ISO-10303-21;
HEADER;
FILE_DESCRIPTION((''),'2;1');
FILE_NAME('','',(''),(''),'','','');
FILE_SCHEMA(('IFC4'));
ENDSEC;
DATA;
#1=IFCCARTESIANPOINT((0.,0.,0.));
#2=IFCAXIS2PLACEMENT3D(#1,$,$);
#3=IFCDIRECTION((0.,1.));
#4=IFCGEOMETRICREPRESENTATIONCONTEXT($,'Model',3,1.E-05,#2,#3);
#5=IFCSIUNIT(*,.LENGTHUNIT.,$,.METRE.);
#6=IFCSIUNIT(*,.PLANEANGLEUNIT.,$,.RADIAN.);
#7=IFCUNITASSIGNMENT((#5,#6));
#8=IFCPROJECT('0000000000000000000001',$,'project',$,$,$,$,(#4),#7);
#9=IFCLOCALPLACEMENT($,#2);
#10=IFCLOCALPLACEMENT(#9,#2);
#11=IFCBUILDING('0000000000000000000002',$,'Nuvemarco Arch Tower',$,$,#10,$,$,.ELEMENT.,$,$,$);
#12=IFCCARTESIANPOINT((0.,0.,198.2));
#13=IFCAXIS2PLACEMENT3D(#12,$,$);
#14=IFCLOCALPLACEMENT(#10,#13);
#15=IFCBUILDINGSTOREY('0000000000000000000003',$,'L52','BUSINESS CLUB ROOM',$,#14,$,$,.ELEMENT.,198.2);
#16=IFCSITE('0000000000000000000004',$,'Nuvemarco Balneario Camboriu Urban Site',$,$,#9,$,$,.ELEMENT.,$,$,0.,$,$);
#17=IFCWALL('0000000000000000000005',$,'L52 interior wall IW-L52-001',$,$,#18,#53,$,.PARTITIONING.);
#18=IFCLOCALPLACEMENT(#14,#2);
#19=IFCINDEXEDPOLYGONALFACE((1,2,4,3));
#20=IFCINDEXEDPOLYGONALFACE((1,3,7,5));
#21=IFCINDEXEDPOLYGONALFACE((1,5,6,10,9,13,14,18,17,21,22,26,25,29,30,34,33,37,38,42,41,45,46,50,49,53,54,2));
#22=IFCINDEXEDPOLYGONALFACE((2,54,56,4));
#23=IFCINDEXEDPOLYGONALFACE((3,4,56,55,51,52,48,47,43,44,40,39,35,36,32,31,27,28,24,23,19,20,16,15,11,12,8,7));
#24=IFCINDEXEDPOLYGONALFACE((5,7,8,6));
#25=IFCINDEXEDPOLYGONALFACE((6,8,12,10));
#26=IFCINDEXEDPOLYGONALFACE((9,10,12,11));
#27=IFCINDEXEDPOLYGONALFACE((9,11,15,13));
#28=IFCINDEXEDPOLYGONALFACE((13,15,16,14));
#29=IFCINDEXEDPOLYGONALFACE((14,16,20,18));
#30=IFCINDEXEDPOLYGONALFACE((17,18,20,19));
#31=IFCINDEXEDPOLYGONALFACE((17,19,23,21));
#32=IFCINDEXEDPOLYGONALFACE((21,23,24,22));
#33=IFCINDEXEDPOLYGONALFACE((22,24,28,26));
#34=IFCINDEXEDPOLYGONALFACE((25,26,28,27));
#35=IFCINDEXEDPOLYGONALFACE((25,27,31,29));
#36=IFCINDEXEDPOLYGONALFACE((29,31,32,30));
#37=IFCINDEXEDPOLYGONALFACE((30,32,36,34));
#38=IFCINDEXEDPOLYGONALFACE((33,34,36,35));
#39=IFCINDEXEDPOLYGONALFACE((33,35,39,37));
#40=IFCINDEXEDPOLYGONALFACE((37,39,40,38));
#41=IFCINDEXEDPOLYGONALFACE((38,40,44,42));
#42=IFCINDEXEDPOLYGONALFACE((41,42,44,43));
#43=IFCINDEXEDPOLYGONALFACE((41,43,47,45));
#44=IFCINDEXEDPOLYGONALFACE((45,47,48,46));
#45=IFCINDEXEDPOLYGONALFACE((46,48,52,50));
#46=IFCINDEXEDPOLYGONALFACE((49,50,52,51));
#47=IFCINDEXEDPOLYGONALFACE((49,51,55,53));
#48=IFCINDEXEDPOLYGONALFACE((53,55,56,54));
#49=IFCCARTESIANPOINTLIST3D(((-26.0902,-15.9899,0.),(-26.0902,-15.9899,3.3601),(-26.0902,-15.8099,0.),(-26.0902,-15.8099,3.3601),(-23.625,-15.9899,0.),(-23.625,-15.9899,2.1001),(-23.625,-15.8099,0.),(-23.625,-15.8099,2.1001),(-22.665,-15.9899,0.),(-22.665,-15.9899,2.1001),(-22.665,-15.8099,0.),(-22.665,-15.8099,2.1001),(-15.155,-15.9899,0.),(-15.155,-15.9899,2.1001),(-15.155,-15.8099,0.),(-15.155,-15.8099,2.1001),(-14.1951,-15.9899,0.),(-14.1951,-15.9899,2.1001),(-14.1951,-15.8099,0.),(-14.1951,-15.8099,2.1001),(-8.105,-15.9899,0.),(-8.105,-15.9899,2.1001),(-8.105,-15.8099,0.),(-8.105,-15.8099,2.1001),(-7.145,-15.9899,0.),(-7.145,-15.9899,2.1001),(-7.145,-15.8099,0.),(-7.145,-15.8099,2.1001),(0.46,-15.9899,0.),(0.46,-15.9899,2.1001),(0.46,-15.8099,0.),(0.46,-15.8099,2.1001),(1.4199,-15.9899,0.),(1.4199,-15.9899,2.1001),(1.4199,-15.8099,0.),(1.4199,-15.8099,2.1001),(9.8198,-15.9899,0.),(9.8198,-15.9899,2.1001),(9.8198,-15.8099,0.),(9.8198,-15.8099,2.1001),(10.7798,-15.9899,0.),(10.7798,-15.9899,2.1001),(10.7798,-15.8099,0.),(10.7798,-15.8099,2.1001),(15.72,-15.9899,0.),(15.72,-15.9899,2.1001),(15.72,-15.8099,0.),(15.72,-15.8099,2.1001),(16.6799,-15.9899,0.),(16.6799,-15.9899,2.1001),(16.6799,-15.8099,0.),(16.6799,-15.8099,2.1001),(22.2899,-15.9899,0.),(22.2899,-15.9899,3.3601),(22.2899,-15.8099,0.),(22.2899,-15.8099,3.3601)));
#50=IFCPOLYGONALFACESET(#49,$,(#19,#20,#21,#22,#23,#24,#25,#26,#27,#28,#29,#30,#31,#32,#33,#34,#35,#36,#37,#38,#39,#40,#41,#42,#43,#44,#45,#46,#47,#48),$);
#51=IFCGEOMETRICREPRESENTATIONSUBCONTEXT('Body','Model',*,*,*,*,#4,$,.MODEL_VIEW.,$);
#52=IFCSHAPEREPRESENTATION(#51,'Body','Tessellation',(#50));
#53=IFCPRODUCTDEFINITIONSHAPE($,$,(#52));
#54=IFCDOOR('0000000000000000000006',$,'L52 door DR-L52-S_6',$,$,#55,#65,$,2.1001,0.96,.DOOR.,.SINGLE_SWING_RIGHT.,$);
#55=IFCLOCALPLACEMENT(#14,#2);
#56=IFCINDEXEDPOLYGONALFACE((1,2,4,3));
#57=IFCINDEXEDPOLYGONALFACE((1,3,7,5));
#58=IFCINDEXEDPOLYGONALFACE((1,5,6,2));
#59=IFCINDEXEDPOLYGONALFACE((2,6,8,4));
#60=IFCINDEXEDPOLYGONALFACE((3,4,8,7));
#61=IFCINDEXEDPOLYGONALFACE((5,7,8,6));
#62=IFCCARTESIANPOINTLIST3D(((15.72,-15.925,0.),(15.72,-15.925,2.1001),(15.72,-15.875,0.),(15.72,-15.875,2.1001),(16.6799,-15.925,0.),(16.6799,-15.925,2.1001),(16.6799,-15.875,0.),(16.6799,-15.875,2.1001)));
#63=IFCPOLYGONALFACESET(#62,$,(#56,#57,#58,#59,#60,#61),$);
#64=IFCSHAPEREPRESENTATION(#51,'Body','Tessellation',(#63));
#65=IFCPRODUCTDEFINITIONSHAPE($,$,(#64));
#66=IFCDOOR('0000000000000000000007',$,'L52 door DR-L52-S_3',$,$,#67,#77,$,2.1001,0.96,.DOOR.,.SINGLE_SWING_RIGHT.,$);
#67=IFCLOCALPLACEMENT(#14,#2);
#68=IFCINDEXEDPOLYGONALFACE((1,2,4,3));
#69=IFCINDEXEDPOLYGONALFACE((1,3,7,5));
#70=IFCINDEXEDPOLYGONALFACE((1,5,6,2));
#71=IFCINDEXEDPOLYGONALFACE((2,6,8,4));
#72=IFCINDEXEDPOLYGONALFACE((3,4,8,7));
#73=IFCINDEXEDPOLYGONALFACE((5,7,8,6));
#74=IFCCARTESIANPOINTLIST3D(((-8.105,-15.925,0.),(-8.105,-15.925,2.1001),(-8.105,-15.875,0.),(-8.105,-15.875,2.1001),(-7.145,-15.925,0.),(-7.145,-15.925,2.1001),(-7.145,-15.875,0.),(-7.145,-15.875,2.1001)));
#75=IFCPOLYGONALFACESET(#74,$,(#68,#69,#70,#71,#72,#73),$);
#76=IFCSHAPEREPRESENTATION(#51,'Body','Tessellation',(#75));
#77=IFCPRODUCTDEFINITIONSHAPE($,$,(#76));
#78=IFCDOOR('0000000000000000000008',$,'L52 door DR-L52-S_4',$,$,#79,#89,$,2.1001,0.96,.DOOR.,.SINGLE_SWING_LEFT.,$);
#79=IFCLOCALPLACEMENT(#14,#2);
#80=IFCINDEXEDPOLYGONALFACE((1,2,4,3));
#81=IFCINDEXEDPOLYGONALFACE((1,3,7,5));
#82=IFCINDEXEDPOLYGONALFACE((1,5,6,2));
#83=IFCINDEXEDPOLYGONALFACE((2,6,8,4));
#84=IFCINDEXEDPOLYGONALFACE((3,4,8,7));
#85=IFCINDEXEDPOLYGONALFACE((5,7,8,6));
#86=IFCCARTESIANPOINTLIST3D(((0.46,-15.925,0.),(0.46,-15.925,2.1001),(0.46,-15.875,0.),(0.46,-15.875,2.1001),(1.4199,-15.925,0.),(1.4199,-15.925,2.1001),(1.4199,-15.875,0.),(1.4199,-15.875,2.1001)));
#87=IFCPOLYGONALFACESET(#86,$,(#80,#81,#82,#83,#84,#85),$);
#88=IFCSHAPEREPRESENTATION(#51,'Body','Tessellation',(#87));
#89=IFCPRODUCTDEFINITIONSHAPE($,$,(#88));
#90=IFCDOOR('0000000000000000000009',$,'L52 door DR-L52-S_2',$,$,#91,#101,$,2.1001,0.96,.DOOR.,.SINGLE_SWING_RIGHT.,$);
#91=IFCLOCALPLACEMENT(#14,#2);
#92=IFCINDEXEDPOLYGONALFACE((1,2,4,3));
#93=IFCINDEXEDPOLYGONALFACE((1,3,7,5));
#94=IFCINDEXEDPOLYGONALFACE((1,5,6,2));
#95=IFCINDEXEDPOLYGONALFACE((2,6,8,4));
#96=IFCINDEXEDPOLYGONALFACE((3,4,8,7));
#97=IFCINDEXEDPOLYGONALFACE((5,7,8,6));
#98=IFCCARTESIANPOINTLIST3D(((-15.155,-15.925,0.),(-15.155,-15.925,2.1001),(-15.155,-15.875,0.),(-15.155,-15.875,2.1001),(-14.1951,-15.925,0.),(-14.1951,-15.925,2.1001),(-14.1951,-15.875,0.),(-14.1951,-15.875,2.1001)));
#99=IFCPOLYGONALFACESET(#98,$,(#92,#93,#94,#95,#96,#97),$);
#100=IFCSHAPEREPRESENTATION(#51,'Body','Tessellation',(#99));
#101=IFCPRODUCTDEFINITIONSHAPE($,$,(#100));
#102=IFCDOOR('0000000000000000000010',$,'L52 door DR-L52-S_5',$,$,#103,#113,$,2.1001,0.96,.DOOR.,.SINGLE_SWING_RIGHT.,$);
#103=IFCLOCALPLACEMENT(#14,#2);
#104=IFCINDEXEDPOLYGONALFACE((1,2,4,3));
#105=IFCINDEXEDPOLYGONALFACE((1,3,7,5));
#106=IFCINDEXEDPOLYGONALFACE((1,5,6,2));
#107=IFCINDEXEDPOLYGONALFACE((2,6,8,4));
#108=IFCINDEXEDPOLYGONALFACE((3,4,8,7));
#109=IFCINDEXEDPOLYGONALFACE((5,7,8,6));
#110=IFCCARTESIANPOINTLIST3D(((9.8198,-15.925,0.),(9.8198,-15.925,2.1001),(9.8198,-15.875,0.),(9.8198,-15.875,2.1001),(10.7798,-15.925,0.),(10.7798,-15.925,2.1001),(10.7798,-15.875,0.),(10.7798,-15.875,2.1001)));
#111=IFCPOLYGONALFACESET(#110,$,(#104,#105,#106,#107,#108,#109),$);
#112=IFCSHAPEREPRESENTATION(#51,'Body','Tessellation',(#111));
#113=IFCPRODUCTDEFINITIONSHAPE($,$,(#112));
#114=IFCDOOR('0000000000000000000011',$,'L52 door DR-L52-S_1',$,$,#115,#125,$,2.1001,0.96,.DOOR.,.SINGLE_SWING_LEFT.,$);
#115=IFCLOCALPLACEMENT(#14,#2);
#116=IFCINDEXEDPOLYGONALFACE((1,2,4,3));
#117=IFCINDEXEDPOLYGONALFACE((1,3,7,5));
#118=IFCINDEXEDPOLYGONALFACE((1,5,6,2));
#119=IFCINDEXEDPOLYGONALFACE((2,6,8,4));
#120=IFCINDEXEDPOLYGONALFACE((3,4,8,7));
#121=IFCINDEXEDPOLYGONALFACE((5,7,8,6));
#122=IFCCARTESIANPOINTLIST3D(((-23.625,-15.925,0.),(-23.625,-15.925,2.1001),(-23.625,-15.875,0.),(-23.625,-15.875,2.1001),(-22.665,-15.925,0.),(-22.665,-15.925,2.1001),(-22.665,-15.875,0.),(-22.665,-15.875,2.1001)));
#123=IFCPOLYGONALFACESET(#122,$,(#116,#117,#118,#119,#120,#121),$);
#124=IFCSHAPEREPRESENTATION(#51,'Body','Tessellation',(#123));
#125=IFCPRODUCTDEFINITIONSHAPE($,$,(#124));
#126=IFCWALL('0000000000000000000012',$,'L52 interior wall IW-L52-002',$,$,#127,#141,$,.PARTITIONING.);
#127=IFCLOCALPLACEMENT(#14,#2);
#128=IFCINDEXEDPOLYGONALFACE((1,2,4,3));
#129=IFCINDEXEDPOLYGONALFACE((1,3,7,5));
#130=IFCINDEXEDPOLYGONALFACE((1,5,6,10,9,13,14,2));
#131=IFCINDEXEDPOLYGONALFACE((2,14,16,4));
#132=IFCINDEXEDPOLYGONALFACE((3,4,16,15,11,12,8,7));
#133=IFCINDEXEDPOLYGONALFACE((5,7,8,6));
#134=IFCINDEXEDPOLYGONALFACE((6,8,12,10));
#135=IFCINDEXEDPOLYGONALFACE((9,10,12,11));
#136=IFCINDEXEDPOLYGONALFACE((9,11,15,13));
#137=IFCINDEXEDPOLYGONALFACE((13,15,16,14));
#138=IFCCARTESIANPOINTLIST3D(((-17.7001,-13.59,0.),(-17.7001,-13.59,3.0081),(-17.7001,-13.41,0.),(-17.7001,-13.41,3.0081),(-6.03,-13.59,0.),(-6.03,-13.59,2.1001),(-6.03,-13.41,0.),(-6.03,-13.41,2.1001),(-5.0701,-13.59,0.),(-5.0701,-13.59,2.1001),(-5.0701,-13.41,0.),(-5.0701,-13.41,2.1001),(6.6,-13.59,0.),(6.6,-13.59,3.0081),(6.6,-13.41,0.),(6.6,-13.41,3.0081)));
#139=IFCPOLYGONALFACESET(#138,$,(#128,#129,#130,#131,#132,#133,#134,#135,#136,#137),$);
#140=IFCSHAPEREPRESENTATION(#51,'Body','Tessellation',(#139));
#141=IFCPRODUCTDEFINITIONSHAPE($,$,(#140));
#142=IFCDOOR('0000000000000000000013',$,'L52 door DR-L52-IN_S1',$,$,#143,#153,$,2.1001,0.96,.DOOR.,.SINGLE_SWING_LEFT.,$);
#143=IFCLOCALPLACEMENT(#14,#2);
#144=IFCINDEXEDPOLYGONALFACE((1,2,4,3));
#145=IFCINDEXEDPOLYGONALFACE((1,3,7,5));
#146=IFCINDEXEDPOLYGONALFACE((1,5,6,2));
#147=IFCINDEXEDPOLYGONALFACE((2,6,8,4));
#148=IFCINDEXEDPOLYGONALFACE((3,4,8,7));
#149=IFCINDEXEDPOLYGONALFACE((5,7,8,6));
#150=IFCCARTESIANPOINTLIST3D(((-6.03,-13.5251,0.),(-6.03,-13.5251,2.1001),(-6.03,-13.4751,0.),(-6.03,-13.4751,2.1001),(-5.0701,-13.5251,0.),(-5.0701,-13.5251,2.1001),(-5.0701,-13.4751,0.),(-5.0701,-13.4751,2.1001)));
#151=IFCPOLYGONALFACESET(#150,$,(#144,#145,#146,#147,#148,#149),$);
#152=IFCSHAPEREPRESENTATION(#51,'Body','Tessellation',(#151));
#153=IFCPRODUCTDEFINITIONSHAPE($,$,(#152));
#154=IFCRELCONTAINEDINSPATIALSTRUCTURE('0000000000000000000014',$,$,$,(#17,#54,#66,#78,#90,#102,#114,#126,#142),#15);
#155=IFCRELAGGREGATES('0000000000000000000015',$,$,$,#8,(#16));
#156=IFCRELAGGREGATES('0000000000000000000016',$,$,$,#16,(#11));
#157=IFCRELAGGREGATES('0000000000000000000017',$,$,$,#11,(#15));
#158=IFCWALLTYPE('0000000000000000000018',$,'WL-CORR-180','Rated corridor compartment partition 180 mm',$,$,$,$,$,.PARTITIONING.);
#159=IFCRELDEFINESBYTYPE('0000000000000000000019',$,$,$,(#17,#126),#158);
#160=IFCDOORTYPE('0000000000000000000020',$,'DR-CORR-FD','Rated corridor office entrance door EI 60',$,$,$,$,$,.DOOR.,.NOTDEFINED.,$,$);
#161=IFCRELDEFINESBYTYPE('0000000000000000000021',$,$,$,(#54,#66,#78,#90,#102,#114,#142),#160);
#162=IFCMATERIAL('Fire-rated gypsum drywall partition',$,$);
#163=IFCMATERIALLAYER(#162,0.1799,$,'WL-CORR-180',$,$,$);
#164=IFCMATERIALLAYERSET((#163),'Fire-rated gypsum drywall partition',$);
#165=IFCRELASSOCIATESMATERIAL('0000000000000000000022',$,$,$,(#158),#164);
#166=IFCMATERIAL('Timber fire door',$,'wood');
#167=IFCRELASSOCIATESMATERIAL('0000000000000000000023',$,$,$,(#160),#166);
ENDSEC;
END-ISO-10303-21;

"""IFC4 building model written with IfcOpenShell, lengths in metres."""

from ifc_helpers import new_model, si_unit, direction, frame, frame_2d, origin, place, context, subcontext, project, spatial, rectangle, extrude, source, transform, mapped, material, layer, layer_set, type_object, type_shapes, element, fill, save


model = new_model("IFC4")

# Units and contexts
model_context = context("Model", 3, precision=1e-05, world=origin(), true_north=direction((0.0, 1.0)))
body_context = subcontext(model_context, "Body", "Model", "MODEL_VIEW")
ifc_project = project(units=[si_unit("LENGTHUNIT", "METRE"), si_unit("PLANEANGLEUNIT", "RADIAN")], contexts=[model_context])

# Site, building, storey
site_placement = place(None, origin())
site = spatial("IfcSite", under=ifc_project, at=site_placement, Name="Nuvemarco Balneario Camboriu Urban Site", CompositionType="ELEMENT", RefElevation=0.0)
building_placement = place(site_placement, origin())
building = spatial("IfcBuilding", under=site, at=building_placement, Name="Nuvemarco Arch Tower", CompositionType="ELEMENT")
storey_placement = place(building_placement, frame((0.0, 0.0, 198.2)))
storey = spatial("IfcBuildingStorey", under=building, at=storey_placement, Name="L52", Description="BUSINESS CLUB ROOM", CompositionType="ELEMENT", Elevation=198.2)

# Wall, openings, doors
ifc_material_1 = material(Name="Fire-rated gypsum drywall partition")
ifc_layer = layer(ifc_material_1, 0.1799, Name="WL-CORR-180")
ifc_layer_set = layer_set([ifc_layer], Name="Fire-rated gypsum drywall partition")
wall_type = type_object("IfcWallType", Name="WL-CORR-180", Description="Rated corridor compartment partition 180 mm", PredefinedType="PARTITIONING", material=ifc_layer_set)
wall_1_placement = place(storey_placement, frame((-26.0901, -15.8999, 0.0), z_axis=(0.0, 0.0, 1.0), x_axis=(1.0, 0.0, 0.0)))
wall_1 = element("IfcWall", 1, at=wall_1_placement, inside=storey, type_object=wall_type, Name="L52 interior wall IW-L52-001", PredefinedType="PARTITIONING", context=body_context, shape_type="SweptSolid", body=[
    extrude(rectangle(XDim=48.3801, YDim=0.1799, at=frame_2d((24.1899, 0.0))), origin(), (0.0, 0.0, 1.0), 3.3601),
])
opening_1_placement = place(wall_1_placement, frame((41.8101, 0.0, 0.0)))
opening_1 = element("IfcOpeningElement", 2, at=opening_1_placement, cuts=wall_1, PredefinedType="OPENING", context=body_context, shape_type="SweptSolid", body=[
    extrude(rectangle(XDim=0.96, YDim=2.1001, at=frame_2d((0.48, 1.05))), frame((0.0, 0.0999, 0.0), z_axis=(0.0, -1.0, 0.0), x_axis=(1.0, 0.0, 0.0)), (0.0, 0.0, 1.0), 0.2),
])
opening_2_placement = place(wall_1_placement, frame((17.9851, 0.0, 0.0)))
opening_2 = element("IfcOpeningElement", 3, at=opening_2_placement, cuts=wall_1, PredefinedType="OPENING", context=body_context, shape_type="SweptSolid", body=[
    extrude(rectangle(XDim=0.96, YDim=2.1001, at=frame_2d((0.48, 1.05))), frame((0.0, 0.0999, 0.0), z_axis=(0.0, -1.0, 0.0), x_axis=(1.0, 0.0, 0.0)), (0.0, 0.0, 1.0), 0.2),
])
opening_3_placement = place(wall_1_placement, frame((26.55, 0.0, 0.0)))
opening_3 = element("IfcOpeningElement", 4, at=opening_3_placement, cuts=wall_1, PredefinedType="OPENING", context=body_context, shape_type="SweptSolid", body=[
    extrude(rectangle(XDim=0.96, YDim=2.1001, at=frame_2d((0.48, 1.05))), frame((0.0, 0.0999, 0.0), z_axis=(0.0, -1.0, 0.0), x_axis=(1.0, 0.0, 0.0)), (0.0, 0.0, 1.0), 0.2),
])
opening_4_placement = place(wall_1_placement, frame((10.9351, 0.0, 0.0)))
opening_4 = element("IfcOpeningElement", 5, at=opening_4_placement, cuts=wall_1, PredefinedType="OPENING", context=body_context, shape_type="SweptSolid", body=[
    extrude(rectangle(XDim=0.96, YDim=2.1001, at=frame_2d((0.48, 1.05))), frame((0.0, 0.0999, 0.0), z_axis=(0.0, -1.0, 0.0), x_axis=(1.0, 0.0, 0.0)), (0.0, 0.0, 1.0), 0.2),
])
opening_5_placement = place(wall_1_placement, frame((35.9099, 0.0, 0.0)))
opening_5 = element("IfcOpeningElement", 6, at=opening_5_placement, cuts=wall_1, PredefinedType="OPENING", context=body_context, shape_type="SweptSolid", body=[
    extrude(rectangle(XDim=0.96, YDim=2.1001, at=frame_2d((0.48, 1.05))), frame((0.0, 0.0999, 0.0), z_axis=(0.0, -1.0, 0.0), x_axis=(1.0, 0.0, 0.0)), (0.0, 0.0, 1.0), 0.2),
])
opening_6_placement = place(wall_1_placement, frame((2.4651, 0.0, 0.0)))
opening_6 = element("IfcOpeningElement", 7, at=opening_6_placement, cuts=wall_1, PredefinedType="OPENING", context=body_context, shape_type="SweptSolid", body=[
    extrude(rectangle(XDim=0.96, YDim=2.1001, at=frame_2d((0.48, 1.05))), frame((0.0, 0.0999, 0.0), z_axis=(0.0, -1.0, 0.0), x_axis=(1.0, 0.0, 0.0)), (0.0, 0.0, 1.0), 0.2),
])
ifc_material_2 = material(Name="Timber fire door", Category="wood")
door_type = type_object("IfcDoorType", Name="DR-CORR-FD", Description="Rated corridor office entrance door EI 60", OperationType="NOTDEFINED", PredefinedType="DOOR", material=ifc_material_2)
shared_shape = source(origin(), body_context, "Body", "SweptSolid", [
    extrude(rectangle(XDim=0.96, YDim=2.1001, at=frame_2d((0.48, 1.05))), frame((0.0, 0.0249, 0.0), z_axis=(0.0, -1.0, 0.0), x_axis=(1.0, 0.0, 0.0)), (0.0, 0.0, 1.0), 0.05),
])
type_shapes(door_type, [shared_shape])
door_1_placement = place(opening_1_placement, origin())
door_1 = element("IfcDoor", 8, at=door_1_placement, inside=storey, type_object=door_type, Name="L52 door DR-L52-S_6", OperationType="SINGLE_SWING_RIGHT", OverallHeight=2.1001, OverallWidth=0.96, PredefinedType="DOOR", context=body_context, shape_type="MappedRepresentation", body=[
    mapped(shared_shape, transform((0.0, 0.0, 0.0), scale=1.0)),
])
fill(opening_1, door_1)
door_2_placement = place(opening_2_placement, origin())
door_2 = element("IfcDoor", 9, at=door_2_placement, inside=storey, type_object=door_type, Name="L52 door DR-L52-S_3", OperationType="SINGLE_SWING_RIGHT", OverallHeight=2.1001, OverallWidth=0.96, PredefinedType="DOOR", context=body_context, shape_type="MappedRepresentation", body=[
    mapped(shared_shape, transform((0.0, 0.0, 0.0), scale=1.0)),
])
fill(opening_2, door_2)
door_3_placement = place(opening_3_placement, origin())
door_3 = element("IfcDoor", 10, at=door_3_placement, inside=storey, type_object=door_type, Name="L52 door DR-L52-S_4", OperationType="SINGLE_SWING_LEFT", OverallHeight=2.1001, OverallWidth=0.96, PredefinedType="DOOR", context=body_context, shape_type="MappedRepresentation", body=[
    mapped(shared_shape, transform((0.0, 0.0, 0.0), scale=1.0)),
])
fill(opening_3, door_3)
door_4_placement = place(opening_4_placement, origin())
door_4 = element("IfcDoor", 11, at=door_4_placement, inside=storey, type_object=door_type, Name="L52 door DR-L52-S_2", OperationType="SINGLE_SWING_RIGHT", OverallHeight=2.1001, OverallWidth=0.96, PredefinedType="DOOR", context=body_context, shape_type="MappedRepresentation", body=[
    mapped(shared_shape, transform((0.0, 0.0, 0.0), scale=1.0)),
])
fill(opening_4, door_4)
door_5_placement = place(opening_5_placement, origin())
door_5 = element("IfcDoor", 12, at=door_5_placement, inside=storey, type_object=door_type, Name="L52 door DR-L52-S_5", OperationType="SINGLE_SWING_RIGHT", OverallHeight=2.1001, OverallWidth=0.96, PredefinedType="DOOR", context=body_context, shape_type="MappedRepresentation", body=[
    mapped(shared_shape, transform((0.0, 0.0, 0.0), scale=1.0)),
])
fill(opening_5, door_5)
door_6_placement = place(opening_6_placement, origin())
door_6 = element("IfcDoor", 13, at=door_6_placement, inside=storey, type_object=door_type, Name="L52 door DR-L52-S_1", OperationType="SINGLE_SWING_LEFT", OverallHeight=2.1001, OverallWidth=0.96, PredefinedType="DOOR", context=body_context, shape_type="MappedRepresentation", body=[
    mapped(shared_shape, transform((0.0, 0.0, 0.0), scale=1.0)),
])
fill(opening_6, door_6)

# Wall, opening, door
wall_2_placement = place(storey_placement, frame((-17.7, -13.5, 0.0), z_axis=(0.0, 0.0, 1.0), x_axis=(1.0, 0.0, 0.0)))
wall_2 = element("IfcWall", 14, at=wall_2_placement, inside=storey, type_object=wall_type, Name="L52 interior wall IW-L52-002", PredefinedType="PARTITIONING", context=body_context, shape_type="SweptSolid", body=[
    extrude(rectangle(XDim=24.3, YDim=0.1799, at=frame_2d((12.1499, 0.0))), origin(), (0.0, 0.0, 1.0), 3.0081),
])
opening_7_placement = place(wall_2_placement, frame((11.6699, 0.0, 0.0)))
opening_7 = element("IfcOpeningElement", 15, at=opening_7_placement, cuts=wall_2, PredefinedType="OPENING", context=body_context, shape_type="SweptSolid", body=[
    extrude(rectangle(XDim=0.96, YDim=2.1001, at=frame_2d((0.48, 1.05))), frame((0.0, 0.0999, 0.0), z_axis=(0.0, -1.0, 0.0), x_axis=(1.0, 0.0, 0.0)), (0.0, 0.0, 1.0), 0.2),
])
door_7_placement = place(opening_7_placement, origin())
door_7 = element("IfcDoor", 16, at=door_7_placement, inside=storey, type_object=door_type, Name="L52 door DR-L52-IN_S1", OperationType="SINGLE_SWING_LEFT", OverallHeight=2.1001, OverallWidth=0.96, PredefinedType="DOOR", context=body_context, shape_type="MappedRepresentation", body=[
    mapped(shared_shape, transform((0.0, 0.0, 0.0), scale=1.0)),
])
fill(opening_7, door_7)

save(model, "model.ifc")
